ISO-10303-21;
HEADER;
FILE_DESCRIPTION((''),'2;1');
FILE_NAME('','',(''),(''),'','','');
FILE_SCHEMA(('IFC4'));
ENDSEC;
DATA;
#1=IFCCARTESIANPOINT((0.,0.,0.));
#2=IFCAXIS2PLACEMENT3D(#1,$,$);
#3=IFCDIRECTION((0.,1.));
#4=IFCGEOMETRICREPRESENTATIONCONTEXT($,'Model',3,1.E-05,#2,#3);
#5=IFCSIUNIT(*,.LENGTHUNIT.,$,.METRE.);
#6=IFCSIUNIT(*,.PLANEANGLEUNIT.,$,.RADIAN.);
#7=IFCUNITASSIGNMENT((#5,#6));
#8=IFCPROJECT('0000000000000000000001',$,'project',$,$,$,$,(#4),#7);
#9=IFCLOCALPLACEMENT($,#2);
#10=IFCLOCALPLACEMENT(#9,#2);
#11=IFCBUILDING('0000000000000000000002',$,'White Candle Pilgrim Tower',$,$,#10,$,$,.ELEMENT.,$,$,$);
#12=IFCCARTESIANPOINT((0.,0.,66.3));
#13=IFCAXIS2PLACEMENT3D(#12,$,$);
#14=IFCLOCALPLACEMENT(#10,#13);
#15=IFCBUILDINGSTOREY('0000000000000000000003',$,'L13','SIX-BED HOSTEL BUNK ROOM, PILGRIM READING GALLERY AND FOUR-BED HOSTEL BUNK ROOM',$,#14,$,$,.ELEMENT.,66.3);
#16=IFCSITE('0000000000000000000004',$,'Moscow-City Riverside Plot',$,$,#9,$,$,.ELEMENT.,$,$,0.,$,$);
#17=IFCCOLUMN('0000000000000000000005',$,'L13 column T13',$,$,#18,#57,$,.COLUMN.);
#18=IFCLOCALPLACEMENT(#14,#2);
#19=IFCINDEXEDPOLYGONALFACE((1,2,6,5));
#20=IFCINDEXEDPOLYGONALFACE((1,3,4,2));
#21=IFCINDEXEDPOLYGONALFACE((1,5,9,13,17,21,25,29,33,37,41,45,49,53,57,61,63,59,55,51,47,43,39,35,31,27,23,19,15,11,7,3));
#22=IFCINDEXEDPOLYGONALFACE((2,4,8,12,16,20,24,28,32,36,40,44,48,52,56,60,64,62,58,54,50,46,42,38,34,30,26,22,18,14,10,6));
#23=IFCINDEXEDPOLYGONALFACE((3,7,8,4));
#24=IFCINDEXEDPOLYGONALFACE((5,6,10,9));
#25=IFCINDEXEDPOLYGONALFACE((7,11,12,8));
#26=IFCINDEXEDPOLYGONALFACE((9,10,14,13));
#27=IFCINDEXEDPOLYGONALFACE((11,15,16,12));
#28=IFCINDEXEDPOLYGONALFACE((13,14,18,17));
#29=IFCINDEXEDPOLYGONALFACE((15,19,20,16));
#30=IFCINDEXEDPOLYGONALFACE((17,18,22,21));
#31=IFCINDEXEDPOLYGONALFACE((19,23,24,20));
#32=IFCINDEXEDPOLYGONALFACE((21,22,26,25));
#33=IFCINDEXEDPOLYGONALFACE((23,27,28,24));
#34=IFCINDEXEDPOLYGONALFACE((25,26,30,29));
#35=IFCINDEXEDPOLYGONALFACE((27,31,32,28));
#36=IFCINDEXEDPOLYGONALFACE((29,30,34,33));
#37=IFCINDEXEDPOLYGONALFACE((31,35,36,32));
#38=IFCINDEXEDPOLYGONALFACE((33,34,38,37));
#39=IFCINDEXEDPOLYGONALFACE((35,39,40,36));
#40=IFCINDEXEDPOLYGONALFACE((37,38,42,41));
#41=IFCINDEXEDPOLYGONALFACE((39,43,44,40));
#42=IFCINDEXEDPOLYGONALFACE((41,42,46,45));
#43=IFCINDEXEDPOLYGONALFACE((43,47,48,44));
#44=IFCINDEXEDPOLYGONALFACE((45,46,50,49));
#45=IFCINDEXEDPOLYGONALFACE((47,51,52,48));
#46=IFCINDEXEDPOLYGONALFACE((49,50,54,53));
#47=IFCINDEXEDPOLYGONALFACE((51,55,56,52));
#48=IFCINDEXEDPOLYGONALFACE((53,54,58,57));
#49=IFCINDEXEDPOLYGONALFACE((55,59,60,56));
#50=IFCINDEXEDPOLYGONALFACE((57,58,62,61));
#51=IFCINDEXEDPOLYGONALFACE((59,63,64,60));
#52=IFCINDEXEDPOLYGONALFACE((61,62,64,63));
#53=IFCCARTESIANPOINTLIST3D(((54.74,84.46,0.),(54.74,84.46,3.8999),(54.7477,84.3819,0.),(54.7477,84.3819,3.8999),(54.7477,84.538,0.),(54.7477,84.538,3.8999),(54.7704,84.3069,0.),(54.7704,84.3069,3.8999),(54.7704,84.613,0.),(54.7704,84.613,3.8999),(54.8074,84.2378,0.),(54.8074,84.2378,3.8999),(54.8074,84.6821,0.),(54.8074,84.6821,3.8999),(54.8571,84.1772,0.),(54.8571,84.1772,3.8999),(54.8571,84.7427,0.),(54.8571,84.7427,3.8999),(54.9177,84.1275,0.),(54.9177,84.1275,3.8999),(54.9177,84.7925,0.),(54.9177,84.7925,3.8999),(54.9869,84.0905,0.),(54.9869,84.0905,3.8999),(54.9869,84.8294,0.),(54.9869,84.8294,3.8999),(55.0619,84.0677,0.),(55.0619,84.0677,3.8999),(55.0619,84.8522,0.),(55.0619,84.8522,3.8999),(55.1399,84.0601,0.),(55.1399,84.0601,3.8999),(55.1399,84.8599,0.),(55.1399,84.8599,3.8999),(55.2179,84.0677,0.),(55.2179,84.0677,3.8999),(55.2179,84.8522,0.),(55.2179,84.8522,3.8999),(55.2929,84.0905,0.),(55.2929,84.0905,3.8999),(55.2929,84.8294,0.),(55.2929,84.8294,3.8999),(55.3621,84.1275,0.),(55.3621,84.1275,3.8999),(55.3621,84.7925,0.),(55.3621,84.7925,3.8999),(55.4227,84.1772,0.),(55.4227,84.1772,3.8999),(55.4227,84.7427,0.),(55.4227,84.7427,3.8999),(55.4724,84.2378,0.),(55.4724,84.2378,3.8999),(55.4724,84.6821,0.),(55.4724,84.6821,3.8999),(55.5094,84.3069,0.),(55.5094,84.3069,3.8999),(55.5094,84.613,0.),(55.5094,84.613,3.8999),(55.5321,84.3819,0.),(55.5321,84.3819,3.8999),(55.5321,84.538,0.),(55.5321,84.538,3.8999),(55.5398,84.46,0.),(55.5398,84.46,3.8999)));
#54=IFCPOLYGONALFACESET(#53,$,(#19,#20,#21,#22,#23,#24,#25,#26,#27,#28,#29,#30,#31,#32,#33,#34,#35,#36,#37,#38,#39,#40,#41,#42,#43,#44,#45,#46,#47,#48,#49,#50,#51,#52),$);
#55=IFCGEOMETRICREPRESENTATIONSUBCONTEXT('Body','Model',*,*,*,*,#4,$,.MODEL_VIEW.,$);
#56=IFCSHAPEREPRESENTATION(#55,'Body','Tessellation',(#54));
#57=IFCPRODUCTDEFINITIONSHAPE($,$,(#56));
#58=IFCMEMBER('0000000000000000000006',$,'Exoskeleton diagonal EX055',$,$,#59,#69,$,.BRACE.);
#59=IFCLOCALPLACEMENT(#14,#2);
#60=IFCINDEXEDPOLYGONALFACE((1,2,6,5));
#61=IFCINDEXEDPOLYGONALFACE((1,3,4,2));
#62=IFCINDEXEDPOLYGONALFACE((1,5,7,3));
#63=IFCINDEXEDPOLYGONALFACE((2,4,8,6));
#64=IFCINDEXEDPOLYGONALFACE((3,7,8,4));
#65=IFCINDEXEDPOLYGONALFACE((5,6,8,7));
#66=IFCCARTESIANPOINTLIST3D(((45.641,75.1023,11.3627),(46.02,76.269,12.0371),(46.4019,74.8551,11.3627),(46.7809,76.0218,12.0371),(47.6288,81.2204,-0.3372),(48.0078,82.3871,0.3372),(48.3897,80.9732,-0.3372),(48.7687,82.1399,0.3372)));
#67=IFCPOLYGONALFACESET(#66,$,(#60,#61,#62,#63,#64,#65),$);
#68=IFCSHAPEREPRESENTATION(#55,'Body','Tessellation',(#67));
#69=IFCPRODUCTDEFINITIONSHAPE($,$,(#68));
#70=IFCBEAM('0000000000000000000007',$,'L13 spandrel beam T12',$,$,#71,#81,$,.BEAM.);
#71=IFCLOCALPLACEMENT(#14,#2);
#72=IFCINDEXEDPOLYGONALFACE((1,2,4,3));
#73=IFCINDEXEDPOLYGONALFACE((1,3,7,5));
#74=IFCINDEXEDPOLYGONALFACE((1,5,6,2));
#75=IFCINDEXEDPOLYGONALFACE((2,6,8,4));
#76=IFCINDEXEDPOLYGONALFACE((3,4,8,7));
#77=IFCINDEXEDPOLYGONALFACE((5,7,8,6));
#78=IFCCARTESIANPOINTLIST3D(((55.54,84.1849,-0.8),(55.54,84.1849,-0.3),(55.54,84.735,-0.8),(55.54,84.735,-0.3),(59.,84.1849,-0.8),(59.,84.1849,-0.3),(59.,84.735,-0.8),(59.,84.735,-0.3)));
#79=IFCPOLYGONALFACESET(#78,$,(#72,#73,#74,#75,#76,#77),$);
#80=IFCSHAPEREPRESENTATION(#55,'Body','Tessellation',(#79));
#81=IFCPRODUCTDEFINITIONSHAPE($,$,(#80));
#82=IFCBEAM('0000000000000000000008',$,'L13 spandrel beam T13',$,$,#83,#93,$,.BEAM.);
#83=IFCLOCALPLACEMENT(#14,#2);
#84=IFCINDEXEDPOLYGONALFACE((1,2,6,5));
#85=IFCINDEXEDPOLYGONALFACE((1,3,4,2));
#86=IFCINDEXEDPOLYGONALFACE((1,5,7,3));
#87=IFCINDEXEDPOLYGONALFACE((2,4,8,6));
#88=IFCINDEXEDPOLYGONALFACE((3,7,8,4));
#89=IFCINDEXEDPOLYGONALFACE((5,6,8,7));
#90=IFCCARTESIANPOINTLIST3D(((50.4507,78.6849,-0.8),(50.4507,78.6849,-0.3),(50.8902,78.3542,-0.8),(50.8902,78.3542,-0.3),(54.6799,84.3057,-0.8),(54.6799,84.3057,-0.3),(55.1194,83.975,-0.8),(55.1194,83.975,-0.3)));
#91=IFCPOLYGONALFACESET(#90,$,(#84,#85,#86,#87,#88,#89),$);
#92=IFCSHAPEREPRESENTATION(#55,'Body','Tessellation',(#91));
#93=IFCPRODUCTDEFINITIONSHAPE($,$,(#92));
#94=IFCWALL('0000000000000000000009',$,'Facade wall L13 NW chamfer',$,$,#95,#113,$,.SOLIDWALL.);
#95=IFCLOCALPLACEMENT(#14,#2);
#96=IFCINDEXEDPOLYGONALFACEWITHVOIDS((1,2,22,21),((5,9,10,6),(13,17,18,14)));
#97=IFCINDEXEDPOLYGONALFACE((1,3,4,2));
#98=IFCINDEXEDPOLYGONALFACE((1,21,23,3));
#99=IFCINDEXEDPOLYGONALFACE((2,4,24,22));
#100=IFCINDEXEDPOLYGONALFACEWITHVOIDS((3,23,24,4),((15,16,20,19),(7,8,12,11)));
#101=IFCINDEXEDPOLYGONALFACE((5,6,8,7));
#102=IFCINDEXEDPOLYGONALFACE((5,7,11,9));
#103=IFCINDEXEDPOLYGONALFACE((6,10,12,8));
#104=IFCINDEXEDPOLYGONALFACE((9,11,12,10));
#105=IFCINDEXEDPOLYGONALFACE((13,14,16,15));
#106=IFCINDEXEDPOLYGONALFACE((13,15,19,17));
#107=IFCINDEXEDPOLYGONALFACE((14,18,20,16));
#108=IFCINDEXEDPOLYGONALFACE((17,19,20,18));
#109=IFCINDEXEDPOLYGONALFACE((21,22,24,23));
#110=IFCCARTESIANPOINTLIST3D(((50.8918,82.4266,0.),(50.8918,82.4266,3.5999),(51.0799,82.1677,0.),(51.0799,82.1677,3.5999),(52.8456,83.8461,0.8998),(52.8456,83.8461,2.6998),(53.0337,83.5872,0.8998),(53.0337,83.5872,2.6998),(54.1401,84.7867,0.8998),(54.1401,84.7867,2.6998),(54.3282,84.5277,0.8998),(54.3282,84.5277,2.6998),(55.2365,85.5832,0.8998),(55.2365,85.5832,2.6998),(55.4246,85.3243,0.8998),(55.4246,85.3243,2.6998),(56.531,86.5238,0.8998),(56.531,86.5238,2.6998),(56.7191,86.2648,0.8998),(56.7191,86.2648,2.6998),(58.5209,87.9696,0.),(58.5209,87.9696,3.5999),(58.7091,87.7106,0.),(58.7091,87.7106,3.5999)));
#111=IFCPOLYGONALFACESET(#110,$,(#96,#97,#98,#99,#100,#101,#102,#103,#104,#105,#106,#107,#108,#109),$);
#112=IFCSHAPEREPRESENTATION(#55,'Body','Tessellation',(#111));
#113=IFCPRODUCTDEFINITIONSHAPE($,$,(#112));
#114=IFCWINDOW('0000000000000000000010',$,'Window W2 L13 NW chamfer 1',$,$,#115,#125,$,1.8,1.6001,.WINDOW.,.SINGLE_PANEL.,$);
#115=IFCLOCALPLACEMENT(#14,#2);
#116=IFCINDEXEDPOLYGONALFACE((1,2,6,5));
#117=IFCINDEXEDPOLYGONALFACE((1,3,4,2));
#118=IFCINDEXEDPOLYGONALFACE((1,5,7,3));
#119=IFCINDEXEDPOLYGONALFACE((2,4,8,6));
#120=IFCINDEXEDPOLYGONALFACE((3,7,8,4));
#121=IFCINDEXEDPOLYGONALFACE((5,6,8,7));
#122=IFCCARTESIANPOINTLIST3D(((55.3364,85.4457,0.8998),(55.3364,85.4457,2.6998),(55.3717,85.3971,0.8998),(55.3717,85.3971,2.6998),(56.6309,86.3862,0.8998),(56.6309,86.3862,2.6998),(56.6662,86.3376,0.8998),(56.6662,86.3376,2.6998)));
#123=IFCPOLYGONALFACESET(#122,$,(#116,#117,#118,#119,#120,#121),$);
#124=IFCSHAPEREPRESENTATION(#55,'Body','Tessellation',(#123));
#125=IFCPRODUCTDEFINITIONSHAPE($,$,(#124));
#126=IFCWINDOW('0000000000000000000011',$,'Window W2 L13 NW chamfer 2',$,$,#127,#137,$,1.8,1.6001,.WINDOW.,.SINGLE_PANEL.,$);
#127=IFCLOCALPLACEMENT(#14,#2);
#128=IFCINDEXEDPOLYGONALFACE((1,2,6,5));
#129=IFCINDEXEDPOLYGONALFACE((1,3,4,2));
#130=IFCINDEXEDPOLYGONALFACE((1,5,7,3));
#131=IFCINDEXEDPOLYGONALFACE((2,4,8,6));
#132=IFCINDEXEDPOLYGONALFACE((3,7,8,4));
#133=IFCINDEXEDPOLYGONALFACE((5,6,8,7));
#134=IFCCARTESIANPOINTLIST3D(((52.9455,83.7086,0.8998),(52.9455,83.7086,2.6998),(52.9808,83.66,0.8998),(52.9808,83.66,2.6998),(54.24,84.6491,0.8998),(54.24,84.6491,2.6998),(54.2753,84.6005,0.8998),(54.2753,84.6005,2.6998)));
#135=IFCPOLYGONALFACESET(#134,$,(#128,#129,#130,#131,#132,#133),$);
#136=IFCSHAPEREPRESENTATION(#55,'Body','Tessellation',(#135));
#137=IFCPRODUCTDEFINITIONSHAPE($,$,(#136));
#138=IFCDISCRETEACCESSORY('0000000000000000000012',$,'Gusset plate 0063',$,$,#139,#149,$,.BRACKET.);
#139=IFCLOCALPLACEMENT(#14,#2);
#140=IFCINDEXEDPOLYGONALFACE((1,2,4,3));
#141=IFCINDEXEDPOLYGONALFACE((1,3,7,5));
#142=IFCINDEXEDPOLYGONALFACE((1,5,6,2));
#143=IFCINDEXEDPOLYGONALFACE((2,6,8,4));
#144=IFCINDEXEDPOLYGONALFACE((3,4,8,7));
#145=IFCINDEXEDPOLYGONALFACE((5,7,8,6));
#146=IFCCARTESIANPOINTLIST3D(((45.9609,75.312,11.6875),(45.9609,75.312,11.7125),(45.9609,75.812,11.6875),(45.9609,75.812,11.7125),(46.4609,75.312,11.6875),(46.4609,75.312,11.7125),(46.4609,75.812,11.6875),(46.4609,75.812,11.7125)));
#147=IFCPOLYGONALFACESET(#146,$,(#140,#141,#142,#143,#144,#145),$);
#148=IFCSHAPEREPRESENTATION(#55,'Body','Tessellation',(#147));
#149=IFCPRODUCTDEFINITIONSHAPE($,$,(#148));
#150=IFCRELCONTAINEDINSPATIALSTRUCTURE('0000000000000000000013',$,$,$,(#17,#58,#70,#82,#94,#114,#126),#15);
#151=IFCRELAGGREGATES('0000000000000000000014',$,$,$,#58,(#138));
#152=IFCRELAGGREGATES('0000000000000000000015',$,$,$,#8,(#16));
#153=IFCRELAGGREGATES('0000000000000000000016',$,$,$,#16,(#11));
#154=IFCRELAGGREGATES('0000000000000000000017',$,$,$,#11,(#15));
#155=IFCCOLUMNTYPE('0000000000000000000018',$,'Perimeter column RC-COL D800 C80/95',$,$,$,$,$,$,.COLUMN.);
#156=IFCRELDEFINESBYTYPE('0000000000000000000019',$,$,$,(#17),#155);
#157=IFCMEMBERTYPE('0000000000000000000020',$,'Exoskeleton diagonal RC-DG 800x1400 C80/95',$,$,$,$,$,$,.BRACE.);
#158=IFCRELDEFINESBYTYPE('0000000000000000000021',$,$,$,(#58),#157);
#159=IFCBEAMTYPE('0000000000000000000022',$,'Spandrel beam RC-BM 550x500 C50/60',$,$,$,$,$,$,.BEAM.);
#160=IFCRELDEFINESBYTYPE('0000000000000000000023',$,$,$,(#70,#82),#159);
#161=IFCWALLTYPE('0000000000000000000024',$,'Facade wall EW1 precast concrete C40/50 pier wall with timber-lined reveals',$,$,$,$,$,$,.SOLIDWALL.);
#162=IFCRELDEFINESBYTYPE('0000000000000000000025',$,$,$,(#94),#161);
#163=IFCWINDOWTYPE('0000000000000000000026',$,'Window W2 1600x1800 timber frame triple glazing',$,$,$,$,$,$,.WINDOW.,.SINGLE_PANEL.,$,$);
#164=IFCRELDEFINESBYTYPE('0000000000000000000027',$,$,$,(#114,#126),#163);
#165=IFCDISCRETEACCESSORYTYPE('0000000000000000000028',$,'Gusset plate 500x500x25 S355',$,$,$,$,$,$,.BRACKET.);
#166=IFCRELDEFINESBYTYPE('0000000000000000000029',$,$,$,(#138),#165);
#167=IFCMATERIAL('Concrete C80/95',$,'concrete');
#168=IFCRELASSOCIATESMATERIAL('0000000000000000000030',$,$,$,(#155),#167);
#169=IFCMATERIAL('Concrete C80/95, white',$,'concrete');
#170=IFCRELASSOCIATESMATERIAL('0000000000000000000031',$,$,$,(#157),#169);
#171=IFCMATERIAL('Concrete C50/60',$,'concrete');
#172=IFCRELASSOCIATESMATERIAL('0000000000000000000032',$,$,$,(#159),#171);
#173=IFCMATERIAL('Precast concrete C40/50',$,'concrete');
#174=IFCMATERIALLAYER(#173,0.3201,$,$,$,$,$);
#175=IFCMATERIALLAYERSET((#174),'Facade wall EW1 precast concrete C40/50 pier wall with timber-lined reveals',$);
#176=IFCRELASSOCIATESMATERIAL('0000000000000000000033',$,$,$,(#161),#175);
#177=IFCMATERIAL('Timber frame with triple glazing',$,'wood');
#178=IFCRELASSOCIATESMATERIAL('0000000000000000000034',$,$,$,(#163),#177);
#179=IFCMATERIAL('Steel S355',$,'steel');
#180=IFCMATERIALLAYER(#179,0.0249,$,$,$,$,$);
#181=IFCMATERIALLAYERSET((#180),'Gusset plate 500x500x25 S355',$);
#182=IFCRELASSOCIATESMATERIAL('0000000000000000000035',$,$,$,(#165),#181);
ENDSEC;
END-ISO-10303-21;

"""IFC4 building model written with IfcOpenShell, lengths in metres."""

from ifc_helpers import new_model, si_unit, direction, frame, frame_2d, origin, origin_2d, place, context, subcontext, project, spatial, rectangle, circle, extrude, material, layer, layer_set, material_profile, profile_set, type_object, element, fill, aggregate, save


model = new_model("IFC4")

# Units and contexts
model_context = context("Model", 3, precision=1e-05, world=origin(), true_north=direction((0.0, 1.0)))
body_context = subcontext(model_context, "Body", "Model", "MODEL_VIEW")
ifc_project = project(units=[si_unit("LENGTHUNIT", "METRE"), si_unit("PLANEANGLEUNIT", "RADIAN")], contexts=[model_context])

# Site, building, storey
site_placement = place(None, origin())
site = spatial("IfcSite", under=ifc_project, at=site_placement, Name="Moscow-City Riverside Plot", CompositionType="ELEMENT", RefElevation=0.0)
building_placement = place(site_placement, origin())
building = spatial("IfcBuilding", under=site, at=building_placement, Name="White Candle Pilgrim Tower", CompositionType="ELEMENT")
storey_placement = place(building_placement, frame((0.0, 0.0, 66.3)))
storey = spatial("IfcBuildingStorey", under=building, at=storey_placement, Name="L13", Description="SIX-BED HOSTEL BUNK ROOM, PILGRIM READING GALLERY AND FOUR-BED HOSTEL BUNK ROOM", CompositionType="ELEMENT", Elevation=66.3)

# Column
ifc_material_1 = material(Name="Concrete C80/95", Category="concrete")
ifc_material_profile_1 = material_profile(ifc_material_1, circle(Radius=0.3999, at=origin_2d()), Name="RC-COL D800")
ifc_profile_set_1 = profile_set([ifc_material_profile_1], Name="Concrete C80/95")
column_type = type_object("IfcColumnType", Name="Perimeter column RC-COL D800 C80/95", PredefinedType="COLUMN", material=ifc_profile_set_1)
column_placement = place(storey_placement, frame((55.1399, 84.46, 0.0), z_axis=(0.0, 0.0, 1.0), x_axis=(1.0, 0.0, 0.0)))
element("IfcColumn", 1, at=column_placement, inside=storey, type_object=column_type, Name="L13 column T13", PredefinedType="COLUMN", context=body_context, shape_type="SweptSolid", body=[
    extrude(circle(Radius=0.3999, at=origin_2d()), origin(), (0.0, 0.0, 1.0), 3.8999),
])

# Member
ifc_material_2 = material(Name="Concrete C80/95, white", Category="concrete")
ifc_material_profile_2 = material_profile(ifc_material_2, rectangle(XDim=0.8, YDim=1.3999, at=origin_2d()), Name="RC-DG 800x1400")
ifc_profile_set_2 = profile_set([ifc_material_profile_2], Name="Concrete C80/95, white")
member_type = type_object("IfcMemberType", Name="Exoskeleton diagonal RC-DG 800x1400 C80/95", PredefinedType="BRACE", material=ifc_profile_set_2)
member_placement = place(storey_placement, frame((48.1987, 81.6802, 0.0), z_axis=(-0.148878, -0.458226, 0.876279), x_axis=(0.951062, -0.309, 0.0)))
member = element("IfcMember", 2, at=member_placement, inside=storey, type_object=member_type, Name="Exoskeleton diagonal EX055", PredefinedType="BRACE", context=body_context, shape_type="SweptSolid", body=[
    extrude(rectangle(XDim=0.8, YDim=1.3999, at=origin_2d()), origin(), (0.0, 0.0, 1.0), 13.3518),
])

# Beams
ifc_material_3 = material(Name="Concrete C50/60", Category="concrete")
ifc_material_profile_3 = material_profile(ifc_material_3, rectangle(XDim=0.55, YDim=0.5, at=origin_2d()), Name="RC-BM 550x500")
ifc_profile_set_3 = profile_set([ifc_material_profile_3], Name="Concrete C50/60")
beam_type = type_object("IfcBeamType", Name="Spandrel beam RC-BM 550x500 C50/60", PredefinedType="BEAM", material=ifc_profile_set_3)
beam_1_placement = place(storey_placement, frame((55.54, 84.46, -0.55), z_axis=(1.0, 0.0, 0.0), x_axis=(0.0, 1.0, 0.0)))
element("IfcBeam", 3, at=beam_1_placement, inside=storey, type_object=beam_type, Name="L13 spandrel beam T12", PredefinedType="BEAM", context=body_context, shape_type="SweptSolid", body=[
    extrude(rectangle(XDim=0.55, YDim=0.5, at=origin_2d()), origin(), (0.0, 0.0, 1.0), 3.46),
])
beam_2_placement = place(storey_placement, frame((54.8997, 84.1404, -0.55), z_axis=(-0.601238, -0.79907, 0.0), x_axis=(0.79907, -0.601238, 0.0)))
element("IfcBeam", 4, at=beam_2_placement, inside=storey, type_object=beam_type, Name="L13 spandrel beam T13", PredefinedType="BEAM", context=body_context, shape_type="SweptSolid", body=[
    extrude(rectangle(XDim=0.55, YDim=0.5, at=origin_2d()), origin(), (0.0, 0.0, 1.0), 7.0342),
])

# Wall, openings, windows
ifc_material_4 = material(Name="Precast concrete C40/50", Category="concrete")
ifc_layer_1 = layer(ifc_material_4, 0.3201)
ifc_layer_set_1 = layer_set([ifc_layer_1], Name="Facade wall EW1 precast concrete C40/50 pier wall with timber-lined reveals")
wall_type_1 = type_object("IfcWallType", Name="Facade wall EW1 precast concrete C40/50 pier wall with timber-lined reveals", PredefinedType="SOLIDWALL", material=ifc_layer_set_1)
wall_1_placement = place(storey_placement, frame((58.615, 87.8401, 0.0), z_axis=(0.0, 0.0, 1.0), x_axis=(-0.809014, -0.58779, 0.0)))
wall_1 = element("IfcWall", 5, at=wall_1_placement, inside=storey, type_object=wall_type_1, Name="Facade wall L13 NW chamfer", PredefinedType="SOLIDWALL", context=body_context, shape_type="SweptSolid", body=[
    extrude(rectangle(XDim=9.4302, YDim=0.3201, at=frame_2d((4.7151, 0.0))), origin(), (0.0, 0.0, 1.0), 3.5999),
])
opening_1_placement = place(wall_1_placement, frame((2.4597, 0.0, 0.8999)))
opening_1 = element("IfcOpeningElement", 6, at=opening_1_placement, cuts=wall_1, PredefinedType="OPENING", context=body_context, shape_type="SweptSolid", body=[
    extrude(rectangle(XDim=1.6001, YDim=1.8, at=frame_2d((0.8, 0.8999))), frame((0.0, 0.1699, 0.0), z_axis=(0.0, -1.0, 0.0), x_axis=(1.0, 0.0, 0.0)), (0.0, 0.0, 1.0), 0.3401),
])
opening_2_placement = place(wall_1_placement, frame((5.415, 0.0, 0.8999)))
opening_2 = element("IfcOpeningElement", 7, at=opening_2_placement, cuts=wall_1, PredefinedType="OPENING", context=body_context, shape_type="SweptSolid", body=[
    extrude(rectangle(XDim=1.6001, YDim=1.8, at=frame_2d((0.8, 0.8999))), frame((0.0, 0.1699, 0.0), z_axis=(0.0, -1.0, 0.0), x_axis=(1.0, 0.0, 0.0)), (0.0, 0.0, 1.0), 0.3401),
])
ifc_material_5 = material(Name="Timber frame with triple glazing", Category="wood")
window_type_1 = type_object("IfcWindowType", Name="Window W2 1600x1800 timber frame triple glazing", PartitioningType="SINGLE_PANEL", PredefinedType="WINDOW", material=ifc_material_5)
window_1_placement = place(opening_1_placement, origin())
window_1 = element("IfcWindow", 8, at=window_1_placement, inside=storey, type_object=window_type_1, Name="Window W2 L13 NW chamfer 1", OverallHeight=1.8, OverallWidth=1.6001, PartitioningType="SINGLE_PANEL", PredefinedType="WINDOW", context=body_context, shape_type="SweptSolid", body=[
    extrude(rectangle(XDim=1.6001, YDim=1.8, at=frame_2d((0.8, 0.8999))), frame((0.0, 0.0701, 0.0), z_axis=(0.0, -1.0, 0.0), x_axis=(1.0, 0.0, 0.0)), (0.0, 0.0, 1.0), 0.0601),
])
fill(opening_1, window_1)
window_2_placement = place(opening_2_placement, origin())
window_2 = element("IfcWindow", 9, at=window_2_placement, inside=storey, type_object=window_type_1, Name="Window W2 L13 NW chamfer 2", OverallHeight=1.8, OverallWidth=1.6001, PartitioningType="SINGLE_PANEL", PredefinedType="WINDOW", context=body_context, shape_type="SweptSolid", body=[
    extrude(rectangle(XDim=1.6001, YDim=1.8, at=frame_2d((0.8, 0.8999))), frame((0.0, 0.0701, 0.0), z_axis=(0.0, -1.0, 0.0), x_axis=(1.0, 0.0, 0.0)), (0.0, 0.0, 1.0), 0.0601),
])
fill(opening_2, window_2)

# Discrete accessory
ifc_material_6 = material(Name="Steel S355", Category="steel")
ifc_layer_2 = layer(ifc_material_6, 0.0249)
ifc_layer_set_2 = layer_set([ifc_layer_2], Name="Gusset plate 500x500x25 S355")
discrete_accessory_type = type_object("IfcDiscreteAccessoryType", Name="Gusset plate 500x500x25 S355", PredefinedType="BRACKET", material=ifc_layer_set_2)
placement = place(building_placement, frame((0.0, 0.0, 78.0)))
discrete_accessory_placement = place(placement, frame((46.2109, 75.562, -0.0125), z_axis=(0.0, 0.0, 1.0), x_axis=(1.0, 0.0, 0.0)))
discrete_accessory = element("IfcDiscreteAccessory", 10, at=discrete_accessory_placement, type_object=discrete_accessory_type, Name="Gusset plate 0063", PredefinedType="BRACKET", context=body_context, shape_type="SweptSolid", body=[
    extrude(rectangle(XDim=0.5, YDim=0.5, at=origin_2d()), origin(), (0.0, 0.0, 1.0), 0.0249),
])
aggregate(member, [discrete_accessory])

save(model, "model.ifc")
